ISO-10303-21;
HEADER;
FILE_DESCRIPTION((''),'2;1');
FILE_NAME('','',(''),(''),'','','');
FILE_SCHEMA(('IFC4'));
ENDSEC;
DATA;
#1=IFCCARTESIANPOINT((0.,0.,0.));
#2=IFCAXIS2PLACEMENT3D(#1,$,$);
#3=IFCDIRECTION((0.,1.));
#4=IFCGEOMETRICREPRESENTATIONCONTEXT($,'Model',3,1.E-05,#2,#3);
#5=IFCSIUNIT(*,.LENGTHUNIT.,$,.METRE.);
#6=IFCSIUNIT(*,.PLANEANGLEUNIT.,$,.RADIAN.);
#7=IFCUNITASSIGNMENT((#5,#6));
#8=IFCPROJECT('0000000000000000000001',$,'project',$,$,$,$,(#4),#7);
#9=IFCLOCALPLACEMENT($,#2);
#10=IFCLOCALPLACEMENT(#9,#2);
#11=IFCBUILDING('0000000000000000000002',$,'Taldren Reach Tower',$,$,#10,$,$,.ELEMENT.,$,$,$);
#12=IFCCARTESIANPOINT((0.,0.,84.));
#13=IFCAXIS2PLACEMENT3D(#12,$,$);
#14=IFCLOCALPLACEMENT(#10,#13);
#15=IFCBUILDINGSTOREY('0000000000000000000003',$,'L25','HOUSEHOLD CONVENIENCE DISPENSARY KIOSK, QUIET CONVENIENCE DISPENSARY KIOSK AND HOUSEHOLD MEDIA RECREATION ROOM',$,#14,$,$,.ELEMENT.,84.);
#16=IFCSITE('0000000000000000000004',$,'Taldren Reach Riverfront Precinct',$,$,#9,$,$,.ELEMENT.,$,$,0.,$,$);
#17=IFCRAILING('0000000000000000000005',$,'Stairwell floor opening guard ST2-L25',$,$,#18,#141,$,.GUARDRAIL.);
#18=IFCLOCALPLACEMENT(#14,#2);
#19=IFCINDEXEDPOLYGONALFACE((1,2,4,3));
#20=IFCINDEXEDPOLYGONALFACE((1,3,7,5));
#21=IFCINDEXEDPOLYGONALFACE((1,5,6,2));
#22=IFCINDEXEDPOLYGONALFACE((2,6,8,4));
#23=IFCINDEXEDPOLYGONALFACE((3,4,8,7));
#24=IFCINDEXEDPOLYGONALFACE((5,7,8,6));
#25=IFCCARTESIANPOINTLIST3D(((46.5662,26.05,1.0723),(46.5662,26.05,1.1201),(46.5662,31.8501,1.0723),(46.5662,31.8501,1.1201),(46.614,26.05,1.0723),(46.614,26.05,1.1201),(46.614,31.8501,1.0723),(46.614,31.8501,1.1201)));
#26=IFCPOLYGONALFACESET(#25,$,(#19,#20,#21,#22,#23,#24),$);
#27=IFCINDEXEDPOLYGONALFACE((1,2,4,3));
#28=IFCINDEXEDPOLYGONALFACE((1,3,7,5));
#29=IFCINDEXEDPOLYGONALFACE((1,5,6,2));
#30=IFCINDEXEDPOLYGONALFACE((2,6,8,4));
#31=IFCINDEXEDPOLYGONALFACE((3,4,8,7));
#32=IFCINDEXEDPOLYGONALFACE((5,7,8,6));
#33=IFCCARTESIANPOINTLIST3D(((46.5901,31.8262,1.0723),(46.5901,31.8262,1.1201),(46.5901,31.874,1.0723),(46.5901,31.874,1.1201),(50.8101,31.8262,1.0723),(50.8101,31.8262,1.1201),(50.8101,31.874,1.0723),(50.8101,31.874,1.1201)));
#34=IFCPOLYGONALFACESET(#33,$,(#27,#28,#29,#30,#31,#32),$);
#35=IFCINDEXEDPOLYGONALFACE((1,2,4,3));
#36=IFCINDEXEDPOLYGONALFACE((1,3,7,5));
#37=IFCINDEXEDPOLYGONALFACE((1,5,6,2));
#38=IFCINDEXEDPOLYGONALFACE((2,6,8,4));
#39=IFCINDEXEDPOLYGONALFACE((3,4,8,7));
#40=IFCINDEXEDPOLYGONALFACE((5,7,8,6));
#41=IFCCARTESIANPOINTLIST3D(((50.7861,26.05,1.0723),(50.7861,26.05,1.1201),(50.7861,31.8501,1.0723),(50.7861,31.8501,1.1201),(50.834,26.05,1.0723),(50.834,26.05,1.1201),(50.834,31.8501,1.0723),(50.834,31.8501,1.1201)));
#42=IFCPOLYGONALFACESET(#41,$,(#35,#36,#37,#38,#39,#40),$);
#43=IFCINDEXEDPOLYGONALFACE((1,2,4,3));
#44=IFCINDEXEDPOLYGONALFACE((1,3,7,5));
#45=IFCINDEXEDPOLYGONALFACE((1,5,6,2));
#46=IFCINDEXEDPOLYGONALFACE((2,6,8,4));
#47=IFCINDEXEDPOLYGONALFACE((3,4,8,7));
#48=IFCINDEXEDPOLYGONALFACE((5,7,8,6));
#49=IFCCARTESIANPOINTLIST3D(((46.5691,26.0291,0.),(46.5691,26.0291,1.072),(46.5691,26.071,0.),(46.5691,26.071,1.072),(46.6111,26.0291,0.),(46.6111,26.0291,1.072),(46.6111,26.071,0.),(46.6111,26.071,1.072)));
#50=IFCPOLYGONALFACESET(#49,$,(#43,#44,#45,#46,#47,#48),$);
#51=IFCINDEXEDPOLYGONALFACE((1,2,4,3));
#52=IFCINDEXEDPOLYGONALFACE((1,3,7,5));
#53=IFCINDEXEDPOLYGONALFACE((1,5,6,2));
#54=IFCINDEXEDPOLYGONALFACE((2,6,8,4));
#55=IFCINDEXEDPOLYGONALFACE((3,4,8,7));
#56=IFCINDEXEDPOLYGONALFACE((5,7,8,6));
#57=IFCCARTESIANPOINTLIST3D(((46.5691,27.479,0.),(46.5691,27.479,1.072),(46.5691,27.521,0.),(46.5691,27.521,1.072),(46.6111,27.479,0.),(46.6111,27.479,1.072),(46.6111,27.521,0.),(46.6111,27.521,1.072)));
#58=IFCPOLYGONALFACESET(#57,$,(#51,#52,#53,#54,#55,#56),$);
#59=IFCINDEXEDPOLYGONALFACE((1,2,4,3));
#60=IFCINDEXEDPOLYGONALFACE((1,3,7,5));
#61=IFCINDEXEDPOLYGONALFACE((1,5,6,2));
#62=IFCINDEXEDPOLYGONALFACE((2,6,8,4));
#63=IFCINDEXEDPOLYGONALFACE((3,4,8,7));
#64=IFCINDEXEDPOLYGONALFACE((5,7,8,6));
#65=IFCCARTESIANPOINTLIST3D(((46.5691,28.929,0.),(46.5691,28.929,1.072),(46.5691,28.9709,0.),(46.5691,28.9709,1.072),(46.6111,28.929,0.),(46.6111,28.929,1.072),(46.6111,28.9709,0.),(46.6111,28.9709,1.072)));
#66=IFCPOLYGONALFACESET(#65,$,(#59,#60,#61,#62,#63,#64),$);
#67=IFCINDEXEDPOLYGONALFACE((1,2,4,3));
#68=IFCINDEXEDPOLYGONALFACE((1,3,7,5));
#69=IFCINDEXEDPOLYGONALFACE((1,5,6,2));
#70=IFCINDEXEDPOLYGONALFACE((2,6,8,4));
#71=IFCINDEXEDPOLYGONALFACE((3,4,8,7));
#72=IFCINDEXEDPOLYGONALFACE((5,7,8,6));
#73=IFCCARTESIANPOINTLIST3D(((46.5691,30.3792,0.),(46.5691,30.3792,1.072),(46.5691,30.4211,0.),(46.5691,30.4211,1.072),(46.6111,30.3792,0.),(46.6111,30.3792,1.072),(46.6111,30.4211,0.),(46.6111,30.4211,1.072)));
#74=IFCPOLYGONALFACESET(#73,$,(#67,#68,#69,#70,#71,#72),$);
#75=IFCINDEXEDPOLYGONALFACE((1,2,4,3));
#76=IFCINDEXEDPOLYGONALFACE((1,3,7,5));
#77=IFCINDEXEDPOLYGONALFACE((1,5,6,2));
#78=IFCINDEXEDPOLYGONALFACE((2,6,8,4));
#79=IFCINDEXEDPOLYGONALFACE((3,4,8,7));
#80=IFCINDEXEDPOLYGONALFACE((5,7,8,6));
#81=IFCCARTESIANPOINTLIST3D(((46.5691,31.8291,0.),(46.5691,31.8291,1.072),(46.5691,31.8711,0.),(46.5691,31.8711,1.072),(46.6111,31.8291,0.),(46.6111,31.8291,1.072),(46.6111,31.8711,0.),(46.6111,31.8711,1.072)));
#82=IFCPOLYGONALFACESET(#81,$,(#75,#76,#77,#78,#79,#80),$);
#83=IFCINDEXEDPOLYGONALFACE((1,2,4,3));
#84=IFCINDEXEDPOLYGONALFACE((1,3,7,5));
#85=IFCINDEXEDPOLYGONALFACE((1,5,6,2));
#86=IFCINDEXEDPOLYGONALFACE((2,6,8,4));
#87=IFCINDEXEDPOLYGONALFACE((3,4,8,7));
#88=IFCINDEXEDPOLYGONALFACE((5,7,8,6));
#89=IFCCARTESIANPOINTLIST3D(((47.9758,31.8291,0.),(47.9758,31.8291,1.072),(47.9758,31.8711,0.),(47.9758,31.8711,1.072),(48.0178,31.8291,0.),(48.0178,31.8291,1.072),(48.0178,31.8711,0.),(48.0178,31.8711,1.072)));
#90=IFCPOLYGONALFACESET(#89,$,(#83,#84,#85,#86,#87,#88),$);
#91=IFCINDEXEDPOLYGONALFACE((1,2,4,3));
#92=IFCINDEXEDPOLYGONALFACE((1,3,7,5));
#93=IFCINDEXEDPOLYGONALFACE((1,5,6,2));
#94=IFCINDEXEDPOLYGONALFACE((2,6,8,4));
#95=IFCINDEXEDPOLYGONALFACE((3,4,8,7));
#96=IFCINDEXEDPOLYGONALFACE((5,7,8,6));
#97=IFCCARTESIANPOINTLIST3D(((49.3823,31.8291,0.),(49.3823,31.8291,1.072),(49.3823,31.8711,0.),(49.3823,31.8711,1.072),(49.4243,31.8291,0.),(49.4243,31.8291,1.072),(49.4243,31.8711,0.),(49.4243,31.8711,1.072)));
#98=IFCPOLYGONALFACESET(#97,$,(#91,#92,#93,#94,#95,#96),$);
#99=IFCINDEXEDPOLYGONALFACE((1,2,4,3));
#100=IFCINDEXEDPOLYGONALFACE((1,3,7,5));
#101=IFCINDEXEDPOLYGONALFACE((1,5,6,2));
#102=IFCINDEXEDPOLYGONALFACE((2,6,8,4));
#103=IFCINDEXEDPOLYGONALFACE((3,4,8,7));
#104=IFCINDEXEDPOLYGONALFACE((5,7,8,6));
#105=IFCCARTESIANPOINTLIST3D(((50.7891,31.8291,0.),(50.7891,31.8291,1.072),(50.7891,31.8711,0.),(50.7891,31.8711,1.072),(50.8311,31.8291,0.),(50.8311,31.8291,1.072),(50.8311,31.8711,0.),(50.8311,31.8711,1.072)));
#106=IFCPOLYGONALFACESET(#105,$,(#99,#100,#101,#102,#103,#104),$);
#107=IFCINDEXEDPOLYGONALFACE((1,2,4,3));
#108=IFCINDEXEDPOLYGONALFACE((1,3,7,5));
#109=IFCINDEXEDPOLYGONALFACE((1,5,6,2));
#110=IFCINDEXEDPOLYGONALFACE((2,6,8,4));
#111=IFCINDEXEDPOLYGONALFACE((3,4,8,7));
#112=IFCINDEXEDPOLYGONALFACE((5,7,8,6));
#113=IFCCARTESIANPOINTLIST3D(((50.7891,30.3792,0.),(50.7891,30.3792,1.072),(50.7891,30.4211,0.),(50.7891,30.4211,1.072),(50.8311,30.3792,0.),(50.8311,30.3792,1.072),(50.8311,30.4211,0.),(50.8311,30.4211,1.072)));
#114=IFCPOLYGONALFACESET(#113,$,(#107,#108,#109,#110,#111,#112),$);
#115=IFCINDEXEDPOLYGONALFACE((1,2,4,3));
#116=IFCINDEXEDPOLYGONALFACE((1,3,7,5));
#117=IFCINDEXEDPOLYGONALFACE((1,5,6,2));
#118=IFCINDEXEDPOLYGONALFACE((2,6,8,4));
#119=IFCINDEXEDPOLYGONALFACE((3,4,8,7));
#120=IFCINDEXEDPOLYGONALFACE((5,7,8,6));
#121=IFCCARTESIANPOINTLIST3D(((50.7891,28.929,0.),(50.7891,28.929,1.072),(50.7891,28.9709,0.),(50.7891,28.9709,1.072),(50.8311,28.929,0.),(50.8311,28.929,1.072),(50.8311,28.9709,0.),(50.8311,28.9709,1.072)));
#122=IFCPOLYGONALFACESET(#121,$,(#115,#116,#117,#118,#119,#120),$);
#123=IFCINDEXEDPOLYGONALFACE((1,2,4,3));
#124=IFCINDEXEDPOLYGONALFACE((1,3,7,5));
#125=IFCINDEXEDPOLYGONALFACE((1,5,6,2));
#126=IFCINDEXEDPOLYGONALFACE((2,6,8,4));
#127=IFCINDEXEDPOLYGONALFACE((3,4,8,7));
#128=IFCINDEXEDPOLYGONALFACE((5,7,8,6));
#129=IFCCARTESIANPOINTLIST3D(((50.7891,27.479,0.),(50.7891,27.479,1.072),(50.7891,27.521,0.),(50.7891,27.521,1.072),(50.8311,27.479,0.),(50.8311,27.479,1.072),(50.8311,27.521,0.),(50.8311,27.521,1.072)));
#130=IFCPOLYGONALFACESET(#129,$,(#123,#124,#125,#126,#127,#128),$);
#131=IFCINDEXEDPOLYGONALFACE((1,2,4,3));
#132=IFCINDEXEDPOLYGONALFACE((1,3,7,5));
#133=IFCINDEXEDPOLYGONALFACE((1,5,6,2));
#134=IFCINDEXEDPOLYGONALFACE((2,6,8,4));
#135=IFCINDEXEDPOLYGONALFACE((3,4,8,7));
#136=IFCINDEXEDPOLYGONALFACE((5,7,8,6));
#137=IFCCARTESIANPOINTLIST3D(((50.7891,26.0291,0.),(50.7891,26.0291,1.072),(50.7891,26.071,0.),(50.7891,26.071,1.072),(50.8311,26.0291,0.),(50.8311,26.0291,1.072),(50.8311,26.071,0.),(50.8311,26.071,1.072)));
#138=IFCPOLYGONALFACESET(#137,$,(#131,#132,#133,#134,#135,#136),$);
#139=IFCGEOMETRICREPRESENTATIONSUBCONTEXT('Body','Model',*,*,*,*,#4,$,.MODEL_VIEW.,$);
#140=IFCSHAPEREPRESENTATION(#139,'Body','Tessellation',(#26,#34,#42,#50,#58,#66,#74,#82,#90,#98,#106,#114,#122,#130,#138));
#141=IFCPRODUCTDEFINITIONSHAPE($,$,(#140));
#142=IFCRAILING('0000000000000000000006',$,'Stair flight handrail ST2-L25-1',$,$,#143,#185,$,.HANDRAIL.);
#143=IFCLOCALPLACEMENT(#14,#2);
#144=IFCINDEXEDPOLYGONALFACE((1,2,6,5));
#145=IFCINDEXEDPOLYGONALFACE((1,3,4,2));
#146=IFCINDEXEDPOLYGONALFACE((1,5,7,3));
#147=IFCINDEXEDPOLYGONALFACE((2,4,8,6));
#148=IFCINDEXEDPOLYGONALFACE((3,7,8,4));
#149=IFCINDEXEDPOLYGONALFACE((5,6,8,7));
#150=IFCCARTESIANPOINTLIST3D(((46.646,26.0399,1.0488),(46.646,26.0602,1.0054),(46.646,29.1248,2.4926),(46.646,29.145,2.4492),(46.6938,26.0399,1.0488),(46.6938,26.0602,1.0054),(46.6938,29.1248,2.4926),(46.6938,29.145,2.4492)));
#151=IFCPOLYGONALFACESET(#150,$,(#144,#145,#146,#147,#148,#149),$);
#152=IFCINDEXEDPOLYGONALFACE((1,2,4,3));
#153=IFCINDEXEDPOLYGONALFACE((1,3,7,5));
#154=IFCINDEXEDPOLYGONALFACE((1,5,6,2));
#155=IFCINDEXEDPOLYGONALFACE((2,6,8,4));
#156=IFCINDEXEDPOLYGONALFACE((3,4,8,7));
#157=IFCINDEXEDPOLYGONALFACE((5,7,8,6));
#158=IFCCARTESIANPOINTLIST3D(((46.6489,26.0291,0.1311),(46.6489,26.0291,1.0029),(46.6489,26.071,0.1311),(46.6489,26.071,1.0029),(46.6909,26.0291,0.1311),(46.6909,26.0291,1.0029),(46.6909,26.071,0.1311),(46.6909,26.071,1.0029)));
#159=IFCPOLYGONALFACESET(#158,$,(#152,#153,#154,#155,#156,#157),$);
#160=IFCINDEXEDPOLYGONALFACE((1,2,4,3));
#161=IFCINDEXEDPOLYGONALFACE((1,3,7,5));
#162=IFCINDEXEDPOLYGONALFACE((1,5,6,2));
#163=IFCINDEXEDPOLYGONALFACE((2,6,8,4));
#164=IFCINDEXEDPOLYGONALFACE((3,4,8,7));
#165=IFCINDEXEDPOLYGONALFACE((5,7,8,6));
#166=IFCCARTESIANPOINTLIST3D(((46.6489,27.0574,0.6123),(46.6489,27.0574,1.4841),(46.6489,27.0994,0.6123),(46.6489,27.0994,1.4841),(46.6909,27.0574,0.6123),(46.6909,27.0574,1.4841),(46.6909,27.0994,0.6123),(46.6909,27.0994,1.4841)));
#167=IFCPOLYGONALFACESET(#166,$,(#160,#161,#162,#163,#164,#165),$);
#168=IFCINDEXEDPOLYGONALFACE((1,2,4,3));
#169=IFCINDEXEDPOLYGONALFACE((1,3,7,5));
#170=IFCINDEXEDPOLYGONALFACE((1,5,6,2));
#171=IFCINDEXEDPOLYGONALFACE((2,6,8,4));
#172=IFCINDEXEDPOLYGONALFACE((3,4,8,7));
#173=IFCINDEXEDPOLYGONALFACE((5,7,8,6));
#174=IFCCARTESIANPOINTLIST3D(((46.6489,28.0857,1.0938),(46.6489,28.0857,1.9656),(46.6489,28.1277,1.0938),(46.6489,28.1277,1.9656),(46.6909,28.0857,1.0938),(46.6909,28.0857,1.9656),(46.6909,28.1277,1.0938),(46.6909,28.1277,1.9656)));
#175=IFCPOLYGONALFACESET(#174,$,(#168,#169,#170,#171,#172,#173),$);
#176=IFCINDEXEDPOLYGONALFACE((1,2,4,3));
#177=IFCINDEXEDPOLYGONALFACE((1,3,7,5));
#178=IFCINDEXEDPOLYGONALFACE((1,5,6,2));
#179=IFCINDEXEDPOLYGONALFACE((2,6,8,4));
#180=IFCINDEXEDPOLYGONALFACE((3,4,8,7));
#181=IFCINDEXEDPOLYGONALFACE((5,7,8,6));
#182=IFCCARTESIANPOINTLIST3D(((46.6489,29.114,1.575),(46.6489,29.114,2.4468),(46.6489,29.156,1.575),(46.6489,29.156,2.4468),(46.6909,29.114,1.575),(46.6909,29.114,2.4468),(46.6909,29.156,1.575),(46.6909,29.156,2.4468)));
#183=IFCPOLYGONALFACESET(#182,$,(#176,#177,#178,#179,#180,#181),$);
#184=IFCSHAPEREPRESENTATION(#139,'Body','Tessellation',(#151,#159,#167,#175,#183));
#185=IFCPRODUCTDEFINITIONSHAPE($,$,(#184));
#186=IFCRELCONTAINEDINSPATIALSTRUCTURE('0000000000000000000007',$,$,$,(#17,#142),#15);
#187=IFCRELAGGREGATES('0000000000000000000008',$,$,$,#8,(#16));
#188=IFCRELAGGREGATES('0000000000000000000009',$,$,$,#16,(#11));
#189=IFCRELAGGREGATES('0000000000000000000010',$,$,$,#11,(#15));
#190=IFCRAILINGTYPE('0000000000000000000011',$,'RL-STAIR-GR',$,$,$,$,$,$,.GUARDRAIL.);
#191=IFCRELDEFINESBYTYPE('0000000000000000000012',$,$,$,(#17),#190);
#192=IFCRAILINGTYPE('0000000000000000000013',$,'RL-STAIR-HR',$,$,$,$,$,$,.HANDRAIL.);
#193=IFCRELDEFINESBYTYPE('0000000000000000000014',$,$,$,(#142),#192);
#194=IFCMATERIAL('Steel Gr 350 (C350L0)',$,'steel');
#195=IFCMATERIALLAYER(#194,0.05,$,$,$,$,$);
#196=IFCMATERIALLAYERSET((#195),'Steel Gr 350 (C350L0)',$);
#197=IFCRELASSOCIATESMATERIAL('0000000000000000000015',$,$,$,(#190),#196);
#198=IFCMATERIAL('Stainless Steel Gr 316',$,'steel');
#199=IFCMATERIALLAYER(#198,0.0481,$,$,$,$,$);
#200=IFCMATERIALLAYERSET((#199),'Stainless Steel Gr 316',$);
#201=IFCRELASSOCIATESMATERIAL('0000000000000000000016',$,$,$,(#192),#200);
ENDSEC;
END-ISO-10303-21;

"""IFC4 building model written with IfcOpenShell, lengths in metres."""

from ifc_helpers import new_model, si_unit, direction, frame, origin, origin_2d, place, context, subcontext, project, spatial, rectangle, extrude, material, layer, layer_set, type_object, element, save


model = new_model("IFC4")

# Units and contexts
model_context = context("Model", 3, precision=1e-05, world=origin(), true_north=direction((0.0, 1.0)))
body_context = subcontext(model_context, "Body", "Model", "MODEL_VIEW")
ifc_project = project(units=[si_unit("LENGTHUNIT", "METRE"), si_unit("PLANEANGLEUNIT", "RADIAN")], contexts=[model_context])

# Site, building, storey
site_placement = place(None, origin())
site = spatial("IfcSite", under=ifc_project, at=site_placement, Name="Taldren Reach Riverfront Precinct", CompositionType="ELEMENT", RefElevation=0.0)
building_placement = place(site_placement, origin())
building = spatial("IfcBuilding", under=site, at=building_placement, Name="Taldren Reach Tower", CompositionType="ELEMENT")
storey_placement = place(building_placement, frame((0.0, 0.0, 84.0)))
storey = spatial("IfcBuildingStorey", under=building, at=storey_placement, Name="L25", Description="HOUSEHOLD CONVENIENCE DISPENSARY KIOSK, QUIET CONVENIENCE DISPENSARY KIOSK AND HOUSEHOLD MEDIA RECREATION ROOM", CompositionType="ELEMENT", Elevation=84.0)

# Shared definitions
ifc_material_1 = material(Name="Steel Gr 350 (C350L0)", Category="steel")

# Railings
ifc_layer_1 = layer(ifc_material_1, 0.05)
ifc_layer_set_1 = layer_set([ifc_layer_1], Name="Steel Gr 350 (C350L0)")
railing_type_1 = type_object("IfcRailingType", Name="RL-STAIR-GR", PredefinedType="GUARDRAIL", material=ifc_layer_set_1)
railing_1_placement = place(storey_placement, frame((46.5901, 26.05, 0.0)))
element("IfcRailing", 1, at=railing_1_placement, inside=storey, type_object=railing_type_1, Name="Stairwell floor opening guard ST2-L25", PredefinedType="GUARDRAIL", context=body_context, shape_type="SweptSolid", body=[
    extrude(rectangle(XDim=0.0479, YDim=0.0479, at=origin_2d()), frame((0.0, 0.0, 1.0962), z_axis=(0.0, 1.0, 0.0), x_axis=(-1.0, 0.0, 0.0)), (0.0, 0.0, 1.0), 5.8),
    extrude(rectangle(XDim=0.0479, YDim=0.0479, at=origin_2d()), frame((0.0, 5.8, 1.0962), z_axis=(1.0, 0.0, 0.0), x_axis=(0.0, 1.0, 0.0)), (0.0, 0.0, 1.0), 4.22),
    extrude(rectangle(XDim=0.0479, YDim=0.0479, at=origin_2d()), frame((4.22, 5.8, 1.0962), z_axis=(0.0, -1.0, 0.0), x_axis=(1.0, 0.0, 0.0)), (0.0, 0.0, 1.0), 5.8),
    extrude(rectangle(XDim=0.042, YDim=0.042, at=origin_2d()), origin(), (0.0, 0.0, 1.0), 1.072),
    extrude(rectangle(XDim=0.042, YDim=0.042, at=origin_2d()), frame((0.0, 1.45, 0.0)), (0.0, 0.0, 1.0), 1.072),
    extrude(rectangle(XDim=0.042, YDim=0.042, at=origin_2d()), frame((0.0, 2.8999, 0.0)), (0.0, 0.0, 1.0), 1.072),
    extrude(rectangle(XDim=0.042, YDim=0.042, at=origin_2d()), frame((0.0, 4.3501, 0.0)), (0.0, 0.0, 1.0), 1.072),
    extrude(rectangle(XDim=0.042, YDim=0.042, at=origin_2d()), frame((0.0, 5.8, 0.0)), (0.0, 0.0, 1.0), 1.072),
    extrude(rectangle(XDim=0.042, YDim=0.042, at=origin_2d()), frame((1.4067, 5.8, 0.0)), (0.0, 0.0, 1.0), 1.072),
    extrude(rectangle(XDim=0.042, YDim=0.042, at=origin_2d()), frame((2.8132, 5.8, 0.0)), (0.0, 0.0, 1.0), 1.072),
    extrude(rectangle(XDim=0.042, YDim=0.042, at=origin_2d()), frame((4.22, 5.8, 0.0)), (0.0, 0.0, 1.0), 1.072),
    extrude(rectangle(XDim=0.042, YDim=0.042, at=origin_2d()), frame((4.22, 4.3501, 0.0)), (0.0, 0.0, 1.0), 1.072),
    extrude(rectangle(XDim=0.042, YDim=0.042, at=origin_2d()), frame((4.22, 2.8999, 0.0)), (0.0, 0.0, 1.0), 1.072),
    extrude(rectangle(XDim=0.042, YDim=0.042, at=origin_2d()), frame((4.22, 1.45, 0.0)), (0.0, 0.0, 1.0), 1.072),
    extrude(rectangle(XDim=0.042, YDim=0.042, at=origin_2d()), frame((4.22, 0.0, 0.0)), (0.0, 0.0, 1.0), 1.072),
])
ifc_material_2 = material(Name="Stainless Steel Gr 316", Category="steel")
ifc_layer_2 = layer(ifc_material_2, 0.0481)
ifc_layer_set_2 = layer_set([ifc_layer_2], Name="Stainless Steel Gr 316")
railing_type_2 = type_object("IfcRailingType", Name="RL-STAIR-HR", PredefinedType="HANDRAIL", material=ifc_layer_set_2)
railing_2_placement = place(storey_placement, frame((46.6699, 26.05, 0.1311)))
element("IfcRailing", 2, at=railing_2_placement, inside=storey, type_object=railing_type_2, Name="Stair flight handrail ST2-L25-1", PredefinedType="HANDRAIL", context=body_context, shape_type="SweptSolid", body=[
    extrude(rectangle(XDim=0.0479, YDim=0.0479, at=origin_2d()), frame((0.0, 0.0, 0.896), z_axis=(0.0, 0.90571, 0.423898), x_axis=(-1.0, 0.0, 0.0)), (0.0, 0.0, 1.0), 3.406),
    extrude(rectangle(XDim=0.042, YDim=0.042, at=origin_2d()), origin(), (0.0, 0.0, 1.0), 0.8718),
    extrude(rectangle(XDim=0.042, YDim=0.042, at=origin_2d()), frame((0.0, 1.0283, 0.4812)), (0.0, 0.0, 1.0), 0.8718),
    extrude(rectangle(XDim=0.042, YDim=0.042, at=origin_2d()), frame((0.0, 2.0566, 0.9626)), (0.0, 0.0, 1.0), 0.8718),
    extrude(rectangle(XDim=0.042, YDim=0.042, at=origin_2d()), frame((0.0, 3.085, 1.4438)), (0.0, 0.0, 1.0), 0.8718),
])

save(model, "model.ifc")
